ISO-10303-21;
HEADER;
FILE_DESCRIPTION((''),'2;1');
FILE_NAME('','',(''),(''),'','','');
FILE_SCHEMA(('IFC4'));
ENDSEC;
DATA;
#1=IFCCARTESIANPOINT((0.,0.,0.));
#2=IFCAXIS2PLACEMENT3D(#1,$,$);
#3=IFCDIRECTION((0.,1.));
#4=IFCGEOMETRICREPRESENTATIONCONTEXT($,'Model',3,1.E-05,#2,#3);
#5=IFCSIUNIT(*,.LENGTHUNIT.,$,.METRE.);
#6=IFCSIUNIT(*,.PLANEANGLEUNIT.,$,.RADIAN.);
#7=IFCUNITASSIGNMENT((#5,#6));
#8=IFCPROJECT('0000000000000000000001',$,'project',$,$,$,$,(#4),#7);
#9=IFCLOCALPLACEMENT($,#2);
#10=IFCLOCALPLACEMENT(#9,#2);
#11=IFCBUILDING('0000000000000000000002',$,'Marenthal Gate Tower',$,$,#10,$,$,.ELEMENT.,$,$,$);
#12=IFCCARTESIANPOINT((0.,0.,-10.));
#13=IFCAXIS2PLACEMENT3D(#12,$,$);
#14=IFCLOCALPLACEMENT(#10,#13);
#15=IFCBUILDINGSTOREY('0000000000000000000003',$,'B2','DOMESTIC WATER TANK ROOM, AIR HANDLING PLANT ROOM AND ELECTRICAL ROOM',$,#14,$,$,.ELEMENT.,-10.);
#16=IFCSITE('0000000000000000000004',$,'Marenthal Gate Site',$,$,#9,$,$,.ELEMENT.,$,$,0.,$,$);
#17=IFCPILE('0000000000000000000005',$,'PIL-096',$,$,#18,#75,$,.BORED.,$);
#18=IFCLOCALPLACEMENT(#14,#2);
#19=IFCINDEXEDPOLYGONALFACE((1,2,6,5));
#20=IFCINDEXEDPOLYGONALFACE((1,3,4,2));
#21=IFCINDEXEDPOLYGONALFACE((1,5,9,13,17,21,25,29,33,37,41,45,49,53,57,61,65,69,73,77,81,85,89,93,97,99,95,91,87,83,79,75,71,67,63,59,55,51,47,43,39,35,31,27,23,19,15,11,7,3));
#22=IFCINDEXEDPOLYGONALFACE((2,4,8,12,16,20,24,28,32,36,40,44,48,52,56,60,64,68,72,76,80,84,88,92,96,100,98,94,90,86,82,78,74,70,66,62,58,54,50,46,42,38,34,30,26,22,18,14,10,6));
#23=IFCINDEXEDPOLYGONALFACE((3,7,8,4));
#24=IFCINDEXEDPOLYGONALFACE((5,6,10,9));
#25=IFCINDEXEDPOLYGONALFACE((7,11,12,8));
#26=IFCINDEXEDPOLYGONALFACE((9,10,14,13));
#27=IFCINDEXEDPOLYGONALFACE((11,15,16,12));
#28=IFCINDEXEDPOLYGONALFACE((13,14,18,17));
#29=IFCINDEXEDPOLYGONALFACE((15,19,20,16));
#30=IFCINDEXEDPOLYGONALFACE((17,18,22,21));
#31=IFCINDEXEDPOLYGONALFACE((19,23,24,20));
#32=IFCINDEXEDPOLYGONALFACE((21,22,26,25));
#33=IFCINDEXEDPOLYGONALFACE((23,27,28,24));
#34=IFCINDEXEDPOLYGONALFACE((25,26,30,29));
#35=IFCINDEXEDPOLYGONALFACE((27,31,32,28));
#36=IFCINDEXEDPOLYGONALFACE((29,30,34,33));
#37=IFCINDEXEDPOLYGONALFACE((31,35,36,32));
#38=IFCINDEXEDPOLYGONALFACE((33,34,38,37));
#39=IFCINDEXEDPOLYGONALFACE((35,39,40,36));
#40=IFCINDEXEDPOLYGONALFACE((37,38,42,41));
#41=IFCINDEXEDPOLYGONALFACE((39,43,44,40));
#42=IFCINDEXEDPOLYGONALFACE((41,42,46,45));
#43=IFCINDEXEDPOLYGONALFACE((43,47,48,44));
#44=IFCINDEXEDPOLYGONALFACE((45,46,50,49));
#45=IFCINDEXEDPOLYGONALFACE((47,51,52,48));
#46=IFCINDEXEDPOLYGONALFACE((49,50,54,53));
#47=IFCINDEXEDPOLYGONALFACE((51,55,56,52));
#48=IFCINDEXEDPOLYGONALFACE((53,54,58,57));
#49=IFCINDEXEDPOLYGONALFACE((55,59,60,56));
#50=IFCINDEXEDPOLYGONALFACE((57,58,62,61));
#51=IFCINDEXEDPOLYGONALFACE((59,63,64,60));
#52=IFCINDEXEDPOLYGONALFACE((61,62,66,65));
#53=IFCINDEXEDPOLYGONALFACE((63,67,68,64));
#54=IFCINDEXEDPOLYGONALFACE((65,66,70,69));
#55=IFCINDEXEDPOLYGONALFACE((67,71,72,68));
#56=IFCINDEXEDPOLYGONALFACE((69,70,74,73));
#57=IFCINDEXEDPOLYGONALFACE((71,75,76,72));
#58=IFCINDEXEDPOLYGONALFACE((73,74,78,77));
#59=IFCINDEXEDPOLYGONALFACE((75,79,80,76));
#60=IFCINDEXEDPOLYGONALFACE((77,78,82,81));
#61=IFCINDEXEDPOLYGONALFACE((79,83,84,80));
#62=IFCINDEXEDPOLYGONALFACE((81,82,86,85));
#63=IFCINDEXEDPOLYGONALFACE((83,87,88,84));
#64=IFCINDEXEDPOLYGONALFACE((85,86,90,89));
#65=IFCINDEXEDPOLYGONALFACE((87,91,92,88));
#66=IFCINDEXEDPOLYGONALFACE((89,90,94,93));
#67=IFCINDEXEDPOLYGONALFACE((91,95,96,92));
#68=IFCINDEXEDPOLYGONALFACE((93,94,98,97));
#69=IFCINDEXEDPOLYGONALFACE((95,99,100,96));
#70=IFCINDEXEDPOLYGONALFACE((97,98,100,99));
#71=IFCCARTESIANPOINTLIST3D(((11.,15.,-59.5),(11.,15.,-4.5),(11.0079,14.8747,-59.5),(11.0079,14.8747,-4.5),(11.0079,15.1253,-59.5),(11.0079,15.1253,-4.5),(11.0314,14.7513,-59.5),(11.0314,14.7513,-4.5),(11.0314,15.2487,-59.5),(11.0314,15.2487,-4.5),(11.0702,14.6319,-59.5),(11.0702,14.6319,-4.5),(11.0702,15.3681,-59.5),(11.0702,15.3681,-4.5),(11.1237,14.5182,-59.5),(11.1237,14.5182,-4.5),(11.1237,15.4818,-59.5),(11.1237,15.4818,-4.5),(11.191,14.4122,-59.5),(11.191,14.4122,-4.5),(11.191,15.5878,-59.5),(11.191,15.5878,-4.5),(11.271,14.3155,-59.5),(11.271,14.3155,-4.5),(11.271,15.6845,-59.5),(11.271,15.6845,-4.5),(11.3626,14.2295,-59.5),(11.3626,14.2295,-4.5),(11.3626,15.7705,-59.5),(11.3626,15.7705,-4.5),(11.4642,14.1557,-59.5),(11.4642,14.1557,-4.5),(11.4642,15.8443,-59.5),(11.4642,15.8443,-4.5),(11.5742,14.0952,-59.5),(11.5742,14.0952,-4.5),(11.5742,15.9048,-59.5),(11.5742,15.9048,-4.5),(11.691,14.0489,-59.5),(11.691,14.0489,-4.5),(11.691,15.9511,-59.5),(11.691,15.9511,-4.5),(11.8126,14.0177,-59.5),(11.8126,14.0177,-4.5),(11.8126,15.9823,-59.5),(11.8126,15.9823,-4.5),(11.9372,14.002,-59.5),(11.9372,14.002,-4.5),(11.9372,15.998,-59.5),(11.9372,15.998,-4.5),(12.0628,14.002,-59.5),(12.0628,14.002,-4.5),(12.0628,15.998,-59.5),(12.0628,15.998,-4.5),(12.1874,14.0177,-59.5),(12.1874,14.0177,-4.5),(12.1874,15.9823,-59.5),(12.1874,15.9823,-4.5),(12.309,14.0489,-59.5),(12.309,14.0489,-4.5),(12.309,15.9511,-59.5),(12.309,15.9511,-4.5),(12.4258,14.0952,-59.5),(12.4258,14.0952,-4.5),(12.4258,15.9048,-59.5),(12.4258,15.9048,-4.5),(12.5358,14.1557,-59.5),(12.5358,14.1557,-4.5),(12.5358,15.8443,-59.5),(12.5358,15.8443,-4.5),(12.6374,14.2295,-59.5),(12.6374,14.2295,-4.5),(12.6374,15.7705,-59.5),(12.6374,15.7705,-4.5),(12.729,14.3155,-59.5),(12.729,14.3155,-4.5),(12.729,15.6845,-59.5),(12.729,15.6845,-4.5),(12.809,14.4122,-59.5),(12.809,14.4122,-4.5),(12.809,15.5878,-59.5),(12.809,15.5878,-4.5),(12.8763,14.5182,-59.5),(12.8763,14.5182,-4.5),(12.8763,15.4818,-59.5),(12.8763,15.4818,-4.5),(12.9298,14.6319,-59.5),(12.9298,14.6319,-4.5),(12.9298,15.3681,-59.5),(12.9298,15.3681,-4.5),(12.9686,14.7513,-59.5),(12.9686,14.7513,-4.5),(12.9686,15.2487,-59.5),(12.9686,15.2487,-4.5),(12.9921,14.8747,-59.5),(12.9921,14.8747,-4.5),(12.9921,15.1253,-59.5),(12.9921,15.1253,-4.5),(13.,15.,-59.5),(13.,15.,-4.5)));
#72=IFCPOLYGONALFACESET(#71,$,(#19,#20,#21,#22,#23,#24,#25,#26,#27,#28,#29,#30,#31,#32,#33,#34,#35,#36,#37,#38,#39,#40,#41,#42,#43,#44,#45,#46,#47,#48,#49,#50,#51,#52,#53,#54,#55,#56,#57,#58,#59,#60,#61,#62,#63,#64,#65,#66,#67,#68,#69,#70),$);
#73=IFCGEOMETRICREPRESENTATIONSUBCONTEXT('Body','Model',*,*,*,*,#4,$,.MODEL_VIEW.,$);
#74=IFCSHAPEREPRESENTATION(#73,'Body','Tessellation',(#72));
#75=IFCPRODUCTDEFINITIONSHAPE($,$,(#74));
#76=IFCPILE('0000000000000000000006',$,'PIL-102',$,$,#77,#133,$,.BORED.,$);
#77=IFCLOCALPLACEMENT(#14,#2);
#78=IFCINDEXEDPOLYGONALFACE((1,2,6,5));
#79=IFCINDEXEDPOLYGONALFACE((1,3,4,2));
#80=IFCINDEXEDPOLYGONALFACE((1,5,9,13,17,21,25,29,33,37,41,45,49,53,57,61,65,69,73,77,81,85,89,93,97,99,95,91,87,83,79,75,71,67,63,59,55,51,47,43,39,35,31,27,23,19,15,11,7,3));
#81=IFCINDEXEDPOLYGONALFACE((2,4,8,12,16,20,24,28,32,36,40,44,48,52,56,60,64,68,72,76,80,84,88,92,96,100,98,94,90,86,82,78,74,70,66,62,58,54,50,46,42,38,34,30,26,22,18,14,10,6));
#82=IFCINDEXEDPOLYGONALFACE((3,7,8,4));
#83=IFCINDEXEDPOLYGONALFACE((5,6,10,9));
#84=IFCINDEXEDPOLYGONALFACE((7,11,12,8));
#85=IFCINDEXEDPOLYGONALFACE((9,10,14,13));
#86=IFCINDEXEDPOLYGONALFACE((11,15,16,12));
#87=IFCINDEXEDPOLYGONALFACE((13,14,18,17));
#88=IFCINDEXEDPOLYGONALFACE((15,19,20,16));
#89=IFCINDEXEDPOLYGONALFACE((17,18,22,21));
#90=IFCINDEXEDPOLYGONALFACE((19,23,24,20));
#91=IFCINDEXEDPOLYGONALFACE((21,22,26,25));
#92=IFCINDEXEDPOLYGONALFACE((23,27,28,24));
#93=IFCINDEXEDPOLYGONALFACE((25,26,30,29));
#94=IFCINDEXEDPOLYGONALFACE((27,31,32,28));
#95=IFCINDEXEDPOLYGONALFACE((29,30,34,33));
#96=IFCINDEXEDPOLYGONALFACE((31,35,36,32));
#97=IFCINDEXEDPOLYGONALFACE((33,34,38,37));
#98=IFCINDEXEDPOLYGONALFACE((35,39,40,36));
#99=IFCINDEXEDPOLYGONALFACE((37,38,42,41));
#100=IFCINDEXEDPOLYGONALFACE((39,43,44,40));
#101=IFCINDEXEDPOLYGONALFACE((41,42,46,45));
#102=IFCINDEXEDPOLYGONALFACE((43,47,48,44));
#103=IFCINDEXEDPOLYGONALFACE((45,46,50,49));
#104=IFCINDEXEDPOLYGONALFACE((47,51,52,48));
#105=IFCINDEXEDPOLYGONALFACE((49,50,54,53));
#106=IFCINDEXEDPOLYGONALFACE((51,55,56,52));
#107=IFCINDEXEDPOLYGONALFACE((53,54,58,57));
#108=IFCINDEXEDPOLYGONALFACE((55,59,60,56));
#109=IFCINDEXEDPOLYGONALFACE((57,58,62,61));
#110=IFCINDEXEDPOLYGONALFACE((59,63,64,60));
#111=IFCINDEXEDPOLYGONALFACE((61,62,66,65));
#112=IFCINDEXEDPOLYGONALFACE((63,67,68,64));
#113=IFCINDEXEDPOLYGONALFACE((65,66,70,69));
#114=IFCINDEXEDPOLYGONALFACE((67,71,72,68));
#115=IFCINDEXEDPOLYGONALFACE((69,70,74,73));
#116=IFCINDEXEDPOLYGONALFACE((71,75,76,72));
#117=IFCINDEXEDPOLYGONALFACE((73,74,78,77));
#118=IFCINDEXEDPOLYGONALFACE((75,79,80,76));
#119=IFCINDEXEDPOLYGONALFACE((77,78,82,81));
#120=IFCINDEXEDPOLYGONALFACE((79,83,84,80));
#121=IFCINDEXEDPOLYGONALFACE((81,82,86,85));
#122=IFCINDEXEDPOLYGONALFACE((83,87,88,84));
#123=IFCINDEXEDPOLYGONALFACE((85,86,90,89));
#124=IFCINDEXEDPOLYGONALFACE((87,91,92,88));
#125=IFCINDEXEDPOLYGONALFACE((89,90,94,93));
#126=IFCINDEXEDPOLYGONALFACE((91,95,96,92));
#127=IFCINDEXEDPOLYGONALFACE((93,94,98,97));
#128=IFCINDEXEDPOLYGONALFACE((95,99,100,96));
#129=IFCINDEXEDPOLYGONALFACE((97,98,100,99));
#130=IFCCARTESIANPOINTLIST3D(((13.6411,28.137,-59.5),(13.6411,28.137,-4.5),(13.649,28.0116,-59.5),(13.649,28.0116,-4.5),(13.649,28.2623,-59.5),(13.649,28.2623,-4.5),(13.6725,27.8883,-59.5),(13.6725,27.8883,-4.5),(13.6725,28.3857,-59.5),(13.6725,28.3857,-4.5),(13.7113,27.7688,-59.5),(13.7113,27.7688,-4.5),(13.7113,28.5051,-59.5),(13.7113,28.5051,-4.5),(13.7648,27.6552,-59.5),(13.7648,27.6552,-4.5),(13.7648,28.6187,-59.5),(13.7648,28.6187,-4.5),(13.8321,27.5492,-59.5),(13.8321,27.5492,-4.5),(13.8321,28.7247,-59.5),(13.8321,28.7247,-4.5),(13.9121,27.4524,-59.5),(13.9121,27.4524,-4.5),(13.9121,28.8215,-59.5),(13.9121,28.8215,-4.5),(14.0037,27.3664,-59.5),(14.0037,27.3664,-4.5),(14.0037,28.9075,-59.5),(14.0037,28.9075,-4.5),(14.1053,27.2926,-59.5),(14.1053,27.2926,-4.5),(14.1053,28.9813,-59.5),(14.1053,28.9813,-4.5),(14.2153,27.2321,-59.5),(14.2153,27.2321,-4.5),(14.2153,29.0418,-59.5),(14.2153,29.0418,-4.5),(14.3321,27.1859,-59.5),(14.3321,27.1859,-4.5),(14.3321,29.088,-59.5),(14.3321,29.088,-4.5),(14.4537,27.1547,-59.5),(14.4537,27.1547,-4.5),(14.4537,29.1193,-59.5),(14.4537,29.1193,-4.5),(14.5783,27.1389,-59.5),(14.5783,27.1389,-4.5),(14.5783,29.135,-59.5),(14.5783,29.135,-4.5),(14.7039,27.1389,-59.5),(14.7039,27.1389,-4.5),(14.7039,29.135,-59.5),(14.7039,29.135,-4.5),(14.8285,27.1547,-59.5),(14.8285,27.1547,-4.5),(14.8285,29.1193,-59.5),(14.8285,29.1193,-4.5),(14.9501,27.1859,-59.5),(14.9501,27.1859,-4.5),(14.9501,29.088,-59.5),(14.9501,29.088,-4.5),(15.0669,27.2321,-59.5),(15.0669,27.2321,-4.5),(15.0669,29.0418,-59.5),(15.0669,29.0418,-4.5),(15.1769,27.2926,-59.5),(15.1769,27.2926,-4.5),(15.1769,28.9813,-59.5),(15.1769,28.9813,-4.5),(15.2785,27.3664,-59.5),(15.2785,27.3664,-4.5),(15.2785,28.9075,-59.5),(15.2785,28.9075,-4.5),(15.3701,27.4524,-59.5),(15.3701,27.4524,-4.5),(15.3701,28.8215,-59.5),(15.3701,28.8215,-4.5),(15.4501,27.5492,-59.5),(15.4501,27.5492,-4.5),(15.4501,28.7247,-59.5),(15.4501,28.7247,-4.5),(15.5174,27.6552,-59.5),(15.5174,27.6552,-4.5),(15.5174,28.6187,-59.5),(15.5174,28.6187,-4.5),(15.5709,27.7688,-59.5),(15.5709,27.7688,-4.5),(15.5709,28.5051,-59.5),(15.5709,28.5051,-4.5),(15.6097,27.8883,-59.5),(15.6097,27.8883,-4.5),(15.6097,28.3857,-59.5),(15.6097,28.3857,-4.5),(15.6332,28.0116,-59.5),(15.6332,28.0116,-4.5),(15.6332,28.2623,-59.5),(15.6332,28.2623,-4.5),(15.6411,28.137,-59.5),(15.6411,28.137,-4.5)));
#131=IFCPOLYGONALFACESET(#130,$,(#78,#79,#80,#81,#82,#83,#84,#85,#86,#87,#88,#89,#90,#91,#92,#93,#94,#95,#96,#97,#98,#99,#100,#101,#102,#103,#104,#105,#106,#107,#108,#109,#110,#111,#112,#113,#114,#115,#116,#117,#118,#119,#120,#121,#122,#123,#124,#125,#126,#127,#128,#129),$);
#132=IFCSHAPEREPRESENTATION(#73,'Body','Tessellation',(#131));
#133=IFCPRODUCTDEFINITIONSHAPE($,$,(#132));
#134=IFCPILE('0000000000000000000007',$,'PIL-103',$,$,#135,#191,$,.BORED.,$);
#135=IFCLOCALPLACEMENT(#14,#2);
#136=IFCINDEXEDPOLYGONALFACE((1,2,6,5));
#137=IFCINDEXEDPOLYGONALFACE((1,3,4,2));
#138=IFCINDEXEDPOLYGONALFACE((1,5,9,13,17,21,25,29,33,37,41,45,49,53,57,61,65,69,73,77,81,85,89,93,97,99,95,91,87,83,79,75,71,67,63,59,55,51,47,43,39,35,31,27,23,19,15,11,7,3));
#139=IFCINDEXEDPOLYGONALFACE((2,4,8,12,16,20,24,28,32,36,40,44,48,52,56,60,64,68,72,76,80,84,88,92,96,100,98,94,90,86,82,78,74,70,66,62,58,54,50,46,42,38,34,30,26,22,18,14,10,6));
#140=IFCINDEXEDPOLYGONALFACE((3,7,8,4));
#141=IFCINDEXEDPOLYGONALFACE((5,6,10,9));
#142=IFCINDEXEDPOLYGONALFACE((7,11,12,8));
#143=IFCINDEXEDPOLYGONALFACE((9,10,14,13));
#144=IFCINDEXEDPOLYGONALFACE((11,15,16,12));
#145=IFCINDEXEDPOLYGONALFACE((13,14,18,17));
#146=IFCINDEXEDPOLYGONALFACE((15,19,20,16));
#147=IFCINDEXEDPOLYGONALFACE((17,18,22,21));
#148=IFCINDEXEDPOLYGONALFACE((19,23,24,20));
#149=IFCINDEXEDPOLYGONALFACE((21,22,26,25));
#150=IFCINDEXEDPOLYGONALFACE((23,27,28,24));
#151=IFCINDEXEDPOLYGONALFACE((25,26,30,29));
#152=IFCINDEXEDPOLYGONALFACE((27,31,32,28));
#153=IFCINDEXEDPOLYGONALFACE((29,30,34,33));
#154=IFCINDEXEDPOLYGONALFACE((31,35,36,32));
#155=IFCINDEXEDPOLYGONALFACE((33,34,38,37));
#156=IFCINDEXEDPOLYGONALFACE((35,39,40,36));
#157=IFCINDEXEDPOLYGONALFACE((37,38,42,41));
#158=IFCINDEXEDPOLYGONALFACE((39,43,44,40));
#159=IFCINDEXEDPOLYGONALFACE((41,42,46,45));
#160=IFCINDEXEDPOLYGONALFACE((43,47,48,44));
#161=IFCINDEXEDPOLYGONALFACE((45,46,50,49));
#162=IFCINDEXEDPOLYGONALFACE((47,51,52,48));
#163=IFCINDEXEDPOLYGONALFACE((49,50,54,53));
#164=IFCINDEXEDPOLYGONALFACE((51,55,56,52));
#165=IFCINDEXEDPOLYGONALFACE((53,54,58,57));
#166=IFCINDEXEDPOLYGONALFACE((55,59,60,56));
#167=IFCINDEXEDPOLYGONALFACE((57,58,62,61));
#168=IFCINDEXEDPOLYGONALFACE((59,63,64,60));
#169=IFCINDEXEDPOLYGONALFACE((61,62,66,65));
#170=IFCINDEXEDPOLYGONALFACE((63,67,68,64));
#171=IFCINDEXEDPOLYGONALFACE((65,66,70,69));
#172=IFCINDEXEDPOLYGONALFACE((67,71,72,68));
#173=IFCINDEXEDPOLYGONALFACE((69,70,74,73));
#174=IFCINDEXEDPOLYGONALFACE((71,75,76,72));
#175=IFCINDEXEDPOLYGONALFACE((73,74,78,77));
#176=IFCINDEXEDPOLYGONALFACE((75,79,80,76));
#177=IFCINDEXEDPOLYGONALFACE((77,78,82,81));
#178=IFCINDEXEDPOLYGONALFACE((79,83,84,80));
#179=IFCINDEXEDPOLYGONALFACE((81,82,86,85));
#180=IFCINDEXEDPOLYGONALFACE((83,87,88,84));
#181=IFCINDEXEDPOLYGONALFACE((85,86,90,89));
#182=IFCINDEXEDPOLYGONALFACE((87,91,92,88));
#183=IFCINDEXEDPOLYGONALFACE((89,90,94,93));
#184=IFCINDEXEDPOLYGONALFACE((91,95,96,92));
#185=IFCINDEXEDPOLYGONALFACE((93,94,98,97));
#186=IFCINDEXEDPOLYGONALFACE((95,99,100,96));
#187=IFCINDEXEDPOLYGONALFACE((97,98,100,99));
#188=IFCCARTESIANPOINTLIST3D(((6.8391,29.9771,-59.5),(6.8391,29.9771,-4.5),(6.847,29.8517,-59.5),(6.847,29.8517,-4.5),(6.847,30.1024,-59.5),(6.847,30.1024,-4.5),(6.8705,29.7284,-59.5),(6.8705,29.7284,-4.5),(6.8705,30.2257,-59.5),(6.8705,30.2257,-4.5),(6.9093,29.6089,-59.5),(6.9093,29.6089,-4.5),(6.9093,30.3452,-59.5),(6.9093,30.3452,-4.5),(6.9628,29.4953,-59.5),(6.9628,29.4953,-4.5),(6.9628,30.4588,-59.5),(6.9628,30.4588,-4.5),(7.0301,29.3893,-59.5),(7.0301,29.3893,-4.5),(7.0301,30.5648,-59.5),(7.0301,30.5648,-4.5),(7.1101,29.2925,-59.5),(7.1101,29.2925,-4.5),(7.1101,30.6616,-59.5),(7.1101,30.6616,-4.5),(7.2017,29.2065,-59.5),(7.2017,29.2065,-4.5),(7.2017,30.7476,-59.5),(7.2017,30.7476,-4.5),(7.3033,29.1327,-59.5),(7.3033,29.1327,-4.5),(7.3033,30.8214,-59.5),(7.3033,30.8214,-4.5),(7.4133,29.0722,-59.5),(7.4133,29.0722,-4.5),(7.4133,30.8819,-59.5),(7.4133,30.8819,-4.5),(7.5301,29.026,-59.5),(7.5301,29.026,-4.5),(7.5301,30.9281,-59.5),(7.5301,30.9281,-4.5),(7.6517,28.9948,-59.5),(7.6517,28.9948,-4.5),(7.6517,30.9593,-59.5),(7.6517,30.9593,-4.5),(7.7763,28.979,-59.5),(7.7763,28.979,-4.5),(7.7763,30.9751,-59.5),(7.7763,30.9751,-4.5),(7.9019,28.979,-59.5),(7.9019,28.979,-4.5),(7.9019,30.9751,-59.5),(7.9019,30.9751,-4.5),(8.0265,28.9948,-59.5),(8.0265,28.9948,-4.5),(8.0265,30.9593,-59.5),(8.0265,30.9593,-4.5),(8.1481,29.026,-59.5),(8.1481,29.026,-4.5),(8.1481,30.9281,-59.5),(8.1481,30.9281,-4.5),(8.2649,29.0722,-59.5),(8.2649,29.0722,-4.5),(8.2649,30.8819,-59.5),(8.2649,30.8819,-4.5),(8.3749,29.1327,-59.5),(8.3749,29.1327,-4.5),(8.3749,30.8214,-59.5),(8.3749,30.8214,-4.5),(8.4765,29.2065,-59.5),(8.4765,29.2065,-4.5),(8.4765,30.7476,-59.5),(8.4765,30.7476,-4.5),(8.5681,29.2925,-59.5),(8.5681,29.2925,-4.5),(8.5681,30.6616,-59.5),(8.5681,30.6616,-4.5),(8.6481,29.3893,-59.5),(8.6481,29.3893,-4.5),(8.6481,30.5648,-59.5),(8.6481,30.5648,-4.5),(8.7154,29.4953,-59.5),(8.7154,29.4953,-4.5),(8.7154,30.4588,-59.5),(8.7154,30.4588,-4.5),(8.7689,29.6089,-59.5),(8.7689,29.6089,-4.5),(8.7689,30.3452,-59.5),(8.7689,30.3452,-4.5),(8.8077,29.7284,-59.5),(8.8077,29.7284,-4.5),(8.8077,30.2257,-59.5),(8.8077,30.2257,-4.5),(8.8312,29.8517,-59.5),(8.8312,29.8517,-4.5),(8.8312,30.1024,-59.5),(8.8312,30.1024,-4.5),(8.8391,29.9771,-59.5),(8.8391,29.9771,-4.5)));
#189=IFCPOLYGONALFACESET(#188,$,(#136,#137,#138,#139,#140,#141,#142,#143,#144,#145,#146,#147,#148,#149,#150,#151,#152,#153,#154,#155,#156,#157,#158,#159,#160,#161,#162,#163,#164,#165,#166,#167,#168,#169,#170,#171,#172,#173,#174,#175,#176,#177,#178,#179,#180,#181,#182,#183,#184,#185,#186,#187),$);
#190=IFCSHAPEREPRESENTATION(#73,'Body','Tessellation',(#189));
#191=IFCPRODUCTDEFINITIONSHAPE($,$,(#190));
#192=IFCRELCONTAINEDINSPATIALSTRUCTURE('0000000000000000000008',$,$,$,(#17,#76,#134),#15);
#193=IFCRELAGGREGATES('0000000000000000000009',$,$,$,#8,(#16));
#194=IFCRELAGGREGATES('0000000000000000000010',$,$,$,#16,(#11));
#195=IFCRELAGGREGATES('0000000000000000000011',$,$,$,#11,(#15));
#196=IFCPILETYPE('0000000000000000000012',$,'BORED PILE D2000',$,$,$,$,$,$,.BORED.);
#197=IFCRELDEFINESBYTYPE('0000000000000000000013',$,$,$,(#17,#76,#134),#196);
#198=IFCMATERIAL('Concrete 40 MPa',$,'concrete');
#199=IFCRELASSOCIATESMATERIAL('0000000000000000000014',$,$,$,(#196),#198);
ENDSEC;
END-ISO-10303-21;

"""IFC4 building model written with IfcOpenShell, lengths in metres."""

from ifc_helpers import new_model, si_unit, direction, frame, origin, origin_2d, place, context, subcontext, project, spatial, circle, extrude, material, type_object, element, save


model = new_model("IFC4")

# Units and contexts
model_context = context("Model", 3, precision=1e-05, world=origin(), true_north=direction((0.0, 1.0)))
body_context = subcontext(model_context, "Body", "Model", "MODEL_VIEW")
ifc_project = project(units=[si_unit("LENGTHUNIT", "METRE"), si_unit("PLANEANGLEUNIT", "RADIAN")], contexts=[model_context])

# Site, building, storey
site_placement = place(None, origin())
site = spatial("IfcSite", under=ifc_project, at=site_placement, Name="Marenthal Gate Site", CompositionType="ELEMENT", RefElevation=0.0)
building_placement = place(site_placement, origin())
building = spatial("IfcBuilding", under=site, at=building_placement, Name="Marenthal Gate Tower", CompositionType="ELEMENT")
storey_placement = place(building_placement, frame((0.0, 0.0, -10.0)))
storey = spatial("IfcBuildingStorey", under=building, at=storey_placement, Name="B2", Description="DOMESTIC WATER TANK ROOM, AIR HANDLING PLANT ROOM AND ELECTRICAL ROOM", CompositionType="ELEMENT", Elevation=-10.0)

# Piles
ifc_material_1 = material(Name="Concrete 40 MPa", Category="concrete")
pile_type = type_object("IfcPileType", Name="BORED PILE D2000", PredefinedType="BORED", material=ifc_material_1)
for number, where, z_axis, x_axis, name in (
    (1, (12.0, 15.0, -4.5), (0.0, 0.0, -1.0), (1.0, 0.0, 0.0), "PIL-096"),
    (2, (14.6411, 28.137, -4.5), (0.0, 0.0, -1.0), (1.0, 0.0, 0.0), "PIL-102"),
    (3, (7.8391, 29.9771, -4.5), (0.0, 0.0, -1.0), (1.0, 0.0, 0.0), "PIL-103"),
):
    element("IfcPile", number, at=place(storey_placement, frame(where, z_axis=z_axis, x_axis=x_axis)), inside=storey, type_object=pile_type, Name=name, PredefinedType="BORED", context=body_context, shape_type="SweptSolid", body=[
        extrude(circle(Radius=1.0, at=origin_2d()), origin(), (0.0, 0.0, 1.0), 55.0),
    ])

save(model, "model.ifc")
